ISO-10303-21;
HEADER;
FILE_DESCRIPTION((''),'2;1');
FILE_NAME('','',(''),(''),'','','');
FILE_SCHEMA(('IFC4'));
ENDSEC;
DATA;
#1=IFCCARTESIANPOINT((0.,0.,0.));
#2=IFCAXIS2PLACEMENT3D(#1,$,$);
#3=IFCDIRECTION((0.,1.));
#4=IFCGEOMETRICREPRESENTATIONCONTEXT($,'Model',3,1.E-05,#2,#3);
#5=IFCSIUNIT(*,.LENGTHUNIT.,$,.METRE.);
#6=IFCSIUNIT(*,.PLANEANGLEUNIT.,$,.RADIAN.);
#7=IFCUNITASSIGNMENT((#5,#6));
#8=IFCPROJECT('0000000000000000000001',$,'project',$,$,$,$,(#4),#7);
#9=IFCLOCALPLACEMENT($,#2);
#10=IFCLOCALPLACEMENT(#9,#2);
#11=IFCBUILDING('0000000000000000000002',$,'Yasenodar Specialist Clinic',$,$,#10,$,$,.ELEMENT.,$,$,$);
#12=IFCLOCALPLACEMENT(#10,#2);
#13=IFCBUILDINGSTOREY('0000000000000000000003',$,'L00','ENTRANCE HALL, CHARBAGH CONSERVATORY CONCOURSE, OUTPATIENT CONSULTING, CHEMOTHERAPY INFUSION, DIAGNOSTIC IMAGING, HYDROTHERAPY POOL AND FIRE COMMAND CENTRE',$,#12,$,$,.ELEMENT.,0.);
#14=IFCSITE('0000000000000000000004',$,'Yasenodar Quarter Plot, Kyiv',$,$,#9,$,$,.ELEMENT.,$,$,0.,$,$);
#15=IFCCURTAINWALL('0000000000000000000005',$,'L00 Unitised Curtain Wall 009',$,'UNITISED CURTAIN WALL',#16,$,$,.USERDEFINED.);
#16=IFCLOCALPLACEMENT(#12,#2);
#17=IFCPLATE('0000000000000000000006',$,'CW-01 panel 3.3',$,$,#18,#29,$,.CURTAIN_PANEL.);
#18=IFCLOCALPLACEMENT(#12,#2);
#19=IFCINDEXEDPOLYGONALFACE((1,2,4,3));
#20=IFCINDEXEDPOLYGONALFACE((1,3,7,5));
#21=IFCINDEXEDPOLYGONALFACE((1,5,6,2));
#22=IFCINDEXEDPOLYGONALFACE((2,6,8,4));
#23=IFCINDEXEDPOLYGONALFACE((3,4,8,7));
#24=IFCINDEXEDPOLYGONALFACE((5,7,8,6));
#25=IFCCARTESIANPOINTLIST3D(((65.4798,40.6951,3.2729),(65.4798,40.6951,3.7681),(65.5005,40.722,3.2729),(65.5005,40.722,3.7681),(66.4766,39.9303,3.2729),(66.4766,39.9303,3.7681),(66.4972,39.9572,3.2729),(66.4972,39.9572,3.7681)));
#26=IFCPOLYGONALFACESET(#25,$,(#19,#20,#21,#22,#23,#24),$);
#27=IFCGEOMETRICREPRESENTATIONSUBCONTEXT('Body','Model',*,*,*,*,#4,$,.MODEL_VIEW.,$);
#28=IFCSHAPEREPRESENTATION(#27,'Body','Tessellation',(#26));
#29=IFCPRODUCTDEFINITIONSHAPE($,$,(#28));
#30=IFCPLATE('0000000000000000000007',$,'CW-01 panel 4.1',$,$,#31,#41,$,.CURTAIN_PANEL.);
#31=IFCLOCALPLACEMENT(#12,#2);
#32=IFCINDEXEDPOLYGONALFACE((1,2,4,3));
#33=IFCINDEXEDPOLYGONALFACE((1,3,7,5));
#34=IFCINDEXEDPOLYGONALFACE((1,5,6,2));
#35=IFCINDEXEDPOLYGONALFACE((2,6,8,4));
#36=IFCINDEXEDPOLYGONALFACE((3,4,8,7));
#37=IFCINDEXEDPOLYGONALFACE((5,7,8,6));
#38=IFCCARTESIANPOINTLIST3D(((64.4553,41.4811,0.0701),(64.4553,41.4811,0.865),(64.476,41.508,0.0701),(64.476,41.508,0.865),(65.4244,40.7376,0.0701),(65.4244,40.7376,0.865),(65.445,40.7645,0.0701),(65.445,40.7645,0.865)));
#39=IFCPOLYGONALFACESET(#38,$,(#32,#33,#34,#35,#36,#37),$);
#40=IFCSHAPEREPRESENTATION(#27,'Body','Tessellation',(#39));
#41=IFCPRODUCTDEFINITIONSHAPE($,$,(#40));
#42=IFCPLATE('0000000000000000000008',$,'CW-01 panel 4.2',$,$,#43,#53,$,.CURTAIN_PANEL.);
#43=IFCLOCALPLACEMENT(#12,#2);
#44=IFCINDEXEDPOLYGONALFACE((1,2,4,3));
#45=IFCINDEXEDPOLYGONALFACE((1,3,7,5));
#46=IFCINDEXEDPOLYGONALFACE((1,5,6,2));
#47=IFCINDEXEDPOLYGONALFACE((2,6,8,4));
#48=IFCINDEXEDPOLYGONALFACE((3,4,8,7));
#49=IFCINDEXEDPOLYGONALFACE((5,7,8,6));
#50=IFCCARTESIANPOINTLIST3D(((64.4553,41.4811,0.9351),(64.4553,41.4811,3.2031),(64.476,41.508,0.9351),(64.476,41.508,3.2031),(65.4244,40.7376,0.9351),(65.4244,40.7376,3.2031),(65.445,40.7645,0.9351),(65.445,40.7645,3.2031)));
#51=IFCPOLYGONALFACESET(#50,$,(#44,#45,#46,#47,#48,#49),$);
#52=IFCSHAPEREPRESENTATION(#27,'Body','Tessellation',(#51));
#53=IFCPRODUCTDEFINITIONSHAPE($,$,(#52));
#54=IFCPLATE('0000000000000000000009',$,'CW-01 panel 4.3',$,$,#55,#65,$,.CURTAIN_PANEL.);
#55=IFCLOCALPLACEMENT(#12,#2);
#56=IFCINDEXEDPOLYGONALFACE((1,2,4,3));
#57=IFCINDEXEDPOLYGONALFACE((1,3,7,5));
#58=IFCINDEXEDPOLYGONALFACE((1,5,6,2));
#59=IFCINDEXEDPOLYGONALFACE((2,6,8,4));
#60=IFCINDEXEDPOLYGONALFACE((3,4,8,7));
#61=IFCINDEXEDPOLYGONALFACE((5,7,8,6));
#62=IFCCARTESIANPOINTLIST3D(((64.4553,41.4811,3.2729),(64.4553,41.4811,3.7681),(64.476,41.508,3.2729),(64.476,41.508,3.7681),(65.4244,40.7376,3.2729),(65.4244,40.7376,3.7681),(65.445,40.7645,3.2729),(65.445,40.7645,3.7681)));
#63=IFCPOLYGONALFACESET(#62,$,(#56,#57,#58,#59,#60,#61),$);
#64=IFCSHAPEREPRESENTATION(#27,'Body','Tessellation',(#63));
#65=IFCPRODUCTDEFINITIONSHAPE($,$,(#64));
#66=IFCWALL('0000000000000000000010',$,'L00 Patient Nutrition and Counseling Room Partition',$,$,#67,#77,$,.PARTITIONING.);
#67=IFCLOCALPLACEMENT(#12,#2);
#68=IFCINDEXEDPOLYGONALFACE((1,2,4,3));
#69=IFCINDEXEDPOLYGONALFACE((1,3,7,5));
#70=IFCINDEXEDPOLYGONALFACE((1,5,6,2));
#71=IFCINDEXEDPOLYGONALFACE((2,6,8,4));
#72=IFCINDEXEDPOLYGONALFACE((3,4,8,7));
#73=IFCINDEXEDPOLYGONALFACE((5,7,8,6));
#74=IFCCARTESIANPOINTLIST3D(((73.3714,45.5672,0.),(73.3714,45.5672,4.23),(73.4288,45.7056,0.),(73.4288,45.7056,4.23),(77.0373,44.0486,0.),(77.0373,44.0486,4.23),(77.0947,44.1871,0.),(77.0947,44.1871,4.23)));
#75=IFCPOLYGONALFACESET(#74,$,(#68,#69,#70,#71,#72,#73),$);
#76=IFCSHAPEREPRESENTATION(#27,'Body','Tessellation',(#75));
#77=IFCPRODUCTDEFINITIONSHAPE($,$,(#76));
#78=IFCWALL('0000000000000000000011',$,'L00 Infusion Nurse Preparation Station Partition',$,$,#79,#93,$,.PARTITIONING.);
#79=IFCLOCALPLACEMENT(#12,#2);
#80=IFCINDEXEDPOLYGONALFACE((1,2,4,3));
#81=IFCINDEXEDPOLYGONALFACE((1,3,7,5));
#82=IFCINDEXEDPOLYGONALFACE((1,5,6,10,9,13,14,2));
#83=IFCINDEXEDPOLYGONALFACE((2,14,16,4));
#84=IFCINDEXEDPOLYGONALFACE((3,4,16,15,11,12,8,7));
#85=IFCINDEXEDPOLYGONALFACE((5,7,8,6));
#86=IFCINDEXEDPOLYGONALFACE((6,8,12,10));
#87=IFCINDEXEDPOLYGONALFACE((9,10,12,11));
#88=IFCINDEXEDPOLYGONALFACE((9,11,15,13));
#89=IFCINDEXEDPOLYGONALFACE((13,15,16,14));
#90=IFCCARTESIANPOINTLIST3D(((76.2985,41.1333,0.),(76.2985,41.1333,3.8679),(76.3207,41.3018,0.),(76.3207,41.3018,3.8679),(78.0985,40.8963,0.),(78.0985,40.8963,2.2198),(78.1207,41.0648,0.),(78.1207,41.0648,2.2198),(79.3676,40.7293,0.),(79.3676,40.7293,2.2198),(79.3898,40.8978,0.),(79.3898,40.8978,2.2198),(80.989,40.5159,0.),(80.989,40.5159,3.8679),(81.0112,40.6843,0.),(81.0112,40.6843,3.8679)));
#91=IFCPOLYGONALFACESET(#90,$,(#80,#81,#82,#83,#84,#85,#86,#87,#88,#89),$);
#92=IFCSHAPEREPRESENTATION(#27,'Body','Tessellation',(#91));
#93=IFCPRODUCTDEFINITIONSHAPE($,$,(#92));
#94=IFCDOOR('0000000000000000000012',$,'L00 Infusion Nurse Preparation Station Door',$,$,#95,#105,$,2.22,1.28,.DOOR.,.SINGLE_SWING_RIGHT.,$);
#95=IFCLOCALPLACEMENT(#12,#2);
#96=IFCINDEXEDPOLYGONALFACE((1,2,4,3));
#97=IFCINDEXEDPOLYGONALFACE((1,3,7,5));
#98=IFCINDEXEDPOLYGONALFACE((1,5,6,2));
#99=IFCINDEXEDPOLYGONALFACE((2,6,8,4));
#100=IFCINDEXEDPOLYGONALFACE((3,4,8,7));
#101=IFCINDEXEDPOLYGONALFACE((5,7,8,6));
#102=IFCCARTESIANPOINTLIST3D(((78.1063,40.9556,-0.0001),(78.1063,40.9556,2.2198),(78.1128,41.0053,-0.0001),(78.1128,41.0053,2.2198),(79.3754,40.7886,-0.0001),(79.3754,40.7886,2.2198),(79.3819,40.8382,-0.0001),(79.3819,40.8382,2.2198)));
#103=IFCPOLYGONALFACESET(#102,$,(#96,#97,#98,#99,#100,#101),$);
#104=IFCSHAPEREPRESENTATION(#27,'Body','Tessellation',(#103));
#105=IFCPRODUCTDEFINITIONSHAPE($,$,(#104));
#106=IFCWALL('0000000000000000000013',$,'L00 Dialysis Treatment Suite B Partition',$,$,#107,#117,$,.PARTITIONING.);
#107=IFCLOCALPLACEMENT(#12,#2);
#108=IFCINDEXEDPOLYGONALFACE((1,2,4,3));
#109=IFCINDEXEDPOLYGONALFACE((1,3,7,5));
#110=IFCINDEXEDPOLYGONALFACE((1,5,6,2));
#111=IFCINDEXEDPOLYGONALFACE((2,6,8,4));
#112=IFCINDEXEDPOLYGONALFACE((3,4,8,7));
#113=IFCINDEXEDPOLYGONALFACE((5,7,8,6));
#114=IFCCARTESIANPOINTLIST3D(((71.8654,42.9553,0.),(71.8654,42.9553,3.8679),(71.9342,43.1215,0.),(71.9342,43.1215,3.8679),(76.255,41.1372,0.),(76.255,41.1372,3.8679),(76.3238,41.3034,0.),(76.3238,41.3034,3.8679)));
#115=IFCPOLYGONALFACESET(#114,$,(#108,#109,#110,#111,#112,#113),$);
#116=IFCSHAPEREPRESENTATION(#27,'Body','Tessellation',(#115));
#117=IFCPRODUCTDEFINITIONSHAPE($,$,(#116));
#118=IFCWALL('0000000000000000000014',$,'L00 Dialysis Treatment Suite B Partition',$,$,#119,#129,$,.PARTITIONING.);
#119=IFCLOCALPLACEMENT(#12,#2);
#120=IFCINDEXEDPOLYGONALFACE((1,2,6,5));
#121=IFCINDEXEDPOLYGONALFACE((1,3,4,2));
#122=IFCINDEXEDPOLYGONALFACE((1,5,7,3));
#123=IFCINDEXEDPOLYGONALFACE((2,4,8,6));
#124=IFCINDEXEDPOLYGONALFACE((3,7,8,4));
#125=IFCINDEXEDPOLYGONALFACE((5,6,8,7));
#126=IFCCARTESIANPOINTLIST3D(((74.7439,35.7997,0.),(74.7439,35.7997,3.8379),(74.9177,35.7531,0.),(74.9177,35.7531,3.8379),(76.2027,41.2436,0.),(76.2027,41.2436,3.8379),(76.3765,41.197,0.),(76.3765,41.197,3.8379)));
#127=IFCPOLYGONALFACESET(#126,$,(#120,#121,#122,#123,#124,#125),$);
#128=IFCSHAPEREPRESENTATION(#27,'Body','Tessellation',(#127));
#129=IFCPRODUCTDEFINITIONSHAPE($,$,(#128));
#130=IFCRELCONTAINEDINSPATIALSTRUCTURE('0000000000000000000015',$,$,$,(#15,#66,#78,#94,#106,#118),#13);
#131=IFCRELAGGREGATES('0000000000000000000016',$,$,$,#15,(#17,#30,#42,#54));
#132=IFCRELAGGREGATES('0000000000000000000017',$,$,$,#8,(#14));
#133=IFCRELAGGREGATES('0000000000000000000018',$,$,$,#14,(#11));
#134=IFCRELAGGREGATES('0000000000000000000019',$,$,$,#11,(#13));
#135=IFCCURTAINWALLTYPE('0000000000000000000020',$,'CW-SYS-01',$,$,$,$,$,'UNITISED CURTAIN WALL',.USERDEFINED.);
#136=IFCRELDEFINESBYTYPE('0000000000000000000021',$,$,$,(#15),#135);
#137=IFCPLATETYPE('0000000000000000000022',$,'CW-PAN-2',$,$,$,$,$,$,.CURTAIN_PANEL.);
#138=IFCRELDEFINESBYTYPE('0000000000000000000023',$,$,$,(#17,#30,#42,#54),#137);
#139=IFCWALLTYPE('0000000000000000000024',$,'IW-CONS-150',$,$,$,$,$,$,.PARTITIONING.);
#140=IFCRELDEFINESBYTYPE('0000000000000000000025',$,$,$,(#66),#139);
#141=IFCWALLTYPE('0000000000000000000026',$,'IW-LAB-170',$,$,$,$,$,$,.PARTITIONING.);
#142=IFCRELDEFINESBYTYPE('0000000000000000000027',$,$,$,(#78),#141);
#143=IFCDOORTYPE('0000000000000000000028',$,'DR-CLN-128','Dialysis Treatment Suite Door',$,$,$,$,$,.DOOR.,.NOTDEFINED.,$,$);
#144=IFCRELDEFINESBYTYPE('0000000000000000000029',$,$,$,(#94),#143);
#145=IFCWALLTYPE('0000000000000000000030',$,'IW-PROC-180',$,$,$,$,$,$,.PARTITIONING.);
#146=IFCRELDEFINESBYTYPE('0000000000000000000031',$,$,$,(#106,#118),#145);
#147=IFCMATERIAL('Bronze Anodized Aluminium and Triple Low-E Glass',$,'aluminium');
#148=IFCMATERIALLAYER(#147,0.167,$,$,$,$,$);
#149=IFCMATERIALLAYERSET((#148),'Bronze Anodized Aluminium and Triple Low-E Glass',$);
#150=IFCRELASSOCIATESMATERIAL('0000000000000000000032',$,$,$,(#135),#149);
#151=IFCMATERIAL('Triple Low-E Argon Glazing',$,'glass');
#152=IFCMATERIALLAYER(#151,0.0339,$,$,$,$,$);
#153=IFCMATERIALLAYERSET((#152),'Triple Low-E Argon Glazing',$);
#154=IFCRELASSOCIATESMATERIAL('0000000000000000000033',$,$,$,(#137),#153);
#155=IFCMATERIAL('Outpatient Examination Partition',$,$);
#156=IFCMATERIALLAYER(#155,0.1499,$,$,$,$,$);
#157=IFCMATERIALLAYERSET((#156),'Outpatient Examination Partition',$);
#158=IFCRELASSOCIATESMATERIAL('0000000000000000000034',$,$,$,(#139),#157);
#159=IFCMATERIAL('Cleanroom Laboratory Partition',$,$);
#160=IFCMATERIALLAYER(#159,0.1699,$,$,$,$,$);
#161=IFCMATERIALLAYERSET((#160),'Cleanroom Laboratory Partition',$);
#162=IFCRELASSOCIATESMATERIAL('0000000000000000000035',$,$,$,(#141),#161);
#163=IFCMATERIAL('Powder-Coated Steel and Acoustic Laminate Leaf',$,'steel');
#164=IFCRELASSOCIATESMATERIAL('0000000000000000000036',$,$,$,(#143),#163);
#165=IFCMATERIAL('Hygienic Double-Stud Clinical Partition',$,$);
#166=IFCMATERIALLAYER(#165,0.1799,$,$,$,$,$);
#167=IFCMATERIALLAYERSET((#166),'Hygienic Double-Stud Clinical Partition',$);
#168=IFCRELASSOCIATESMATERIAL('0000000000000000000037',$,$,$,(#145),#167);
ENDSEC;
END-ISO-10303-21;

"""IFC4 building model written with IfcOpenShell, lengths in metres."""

from ifc_helpers import new_model, si_unit, direction, frame, frame_2d, origin, origin_2d, place, context, subcontext, project, spatial, rectangle, extrude, material, layer, layer_set, type_object, element, fill, aggregate, save


model = new_model("IFC4")

# Units and contexts
model_context = context("Model", 3, precision=1e-05, world=origin(), true_north=direction((0.0, 1.0)))
body_context = subcontext(model_context, "Body", "Model", "MODEL_VIEW")
ifc_project = project(units=[si_unit("LENGTHUNIT", "METRE"), si_unit("PLANEANGLEUNIT", "RADIAN")], contexts=[model_context])

# Site, building, storey
site_placement = place(None, origin())
site = spatial("IfcSite", under=ifc_project, at=site_placement, Name="Yasenodar Quarter Plot, Kyiv", CompositionType="ELEMENT", RefElevation=0.0)
building_placement = place(site_placement, origin())
building = spatial("IfcBuilding", under=site, at=building_placement, Name="Yasenodar Specialist Clinic", CompositionType="ELEMENT")
storey_placement = place(building_placement, origin())
storey = spatial("IfcBuildingStorey", under=building, at=storey_placement, Name="L00", Description="ENTRANCE HALL, CHARBAGH CONSERVATORY CONCOURSE, OUTPATIENT CONSULTING, CHEMOTHERAPY INFUSION, DIAGNOSTIC IMAGING, HYDROTHERAPY POOL AND FIRE COMMAND CENTRE", CompositionType="ELEMENT", Elevation=0.0)

# Curtain wall, plates
ifc_material_1 = material(Name="Bronze Anodized Aluminium and Triple Low-E Glass", Category="aluminium")
ifc_layer_1 = layer(ifc_material_1, 0.167)
ifc_layer_set_1 = layer_set([ifc_layer_1], Name="Bronze Anodized Aluminium and Triple Low-E Glass")
curtain_wall_type = type_object("IfcCurtainWallType", Name="CW-SYS-01", ElementType="UNITISED CURTAIN WALL", PredefinedType="USERDEFINED", material=ifc_layer_set_1)
curtain_wall_placement = place(storey_placement, origin())
curtain_wall = element("IfcCurtainWall", 1, at=curtain_wall_placement, inside=storey, type_object=curtain_wall_type, Name="L00 Unitised Curtain Wall 009", ObjectType="UNITISED CURTAIN WALL", PredefinedType="USERDEFINED")
ifc_material_2 = material(Name="Triple Low-E Argon Glazing", Category="glass")
ifc_layer_2 = layer(ifc_material_2, 0.0339)
ifc_layer_set_2 = layer_set([ifc_layer_2], Name="Triple Low-E Argon Glazing")
plate_type = type_object("IfcPlateType", Name="CW-PAN-2", PredefinedType="CURTAIN_PANEL", material=ifc_layer_set_2)
plate_1_placement = place(storey_placement, frame((65.9885, 40.3262, 3.2729), z_axis=(0.0, 0.0, 1.0), x_axis=(-0.793361, 0.608752, 0.0)))
plate_1 = element("IfcPlate", 2, at=plate_1_placement, type_object=plate_type, Name="CW-01 panel 3.3", PredefinedType="CURTAIN_PANEL", context=body_context, shape_type="SweptSolid", body=[
    extrude(rectangle(XDim=1.2563, YDim=0.0339, at=origin_2d()), origin(), (0.0, 0.0, 1.0), 0.4951),
])
plate_2_placement = place(storey_placement, frame((64.9502, 41.1228, 0.0701), z_axis=(0.0, 0.0, 1.0), x_axis=(-0.793361, 0.608752, 0.0)))
plate_2 = element("IfcPlate", 3, at=plate_2_placement, type_object=plate_type, Name="CW-01 panel 4.1", PredefinedType="CURTAIN_PANEL", context=body_context, shape_type="SweptSolid", body=[
    extrude(rectangle(XDim=1.2214, YDim=0.0339, at=origin_2d()), origin(), (0.0, 0.0, 1.0), 0.7949),
])
plate_3_placement = place(storey_placement, frame((64.9502, 41.1228, 0.9351), z_axis=(0.0, 0.0, 1.0), x_axis=(-0.793361, 0.608752, 0.0)))
plate_3 = element("IfcPlate", 4, at=plate_3_placement, type_object=plate_type, Name="CW-01 panel 4.2", PredefinedType="CURTAIN_PANEL", context=body_context, shape_type="SweptSolid", body=[
    extrude(rectangle(XDim=1.2214, YDim=0.0339, at=origin_2d()), origin(), (0.0, 0.0, 1.0), 2.2681),
])
plate_4_placement = place(storey_placement, frame((64.9502, 41.1228, 3.2729), z_axis=(0.0, 0.0, 1.0), x_axis=(-0.793361, 0.608752, 0.0)))
plate_4 = element("IfcPlate", 5, at=plate_4_placement, type_object=plate_type, Name="CW-01 panel 4.3", PredefinedType="CURTAIN_PANEL", context=body_context, shape_type="SweptSolid", body=[
    extrude(rectangle(XDim=1.2214, YDim=0.0339, at=origin_2d()), origin(), (0.0, 0.0, 1.0), 0.4951),
])
aggregate(curtain_wall, [plate_1, plate_2, plate_3, plate_4])

# Wall
ifc_material_3 = material(Name="Outpatient Examination Partition")
ifc_layer_3 = layer(ifc_material_3, 0.1499)
ifc_layer_set_3 = layer_set([ifc_layer_3], Name="Outpatient Examination Partition")
wall_type_1 = type_object("IfcWallType", Name="IW-CONS-150", PredefinedType="PARTITIONING", material=ifc_layer_set_3)
wall_1_placement = place(storey_placement, frame((77.0659, 44.1179, 0.0), z_axis=(0.0, 0.0, 1.0), x_axis=(-0.923876, 0.382692, 0.0)))
element("IfcWall", 6, at=wall_1_placement, inside=storey, type_object=wall_type_1, Name="L00 Patient Nutrition and Counseling Room Partition", PredefinedType="PARTITIONING", context=body_context, shape_type="SweptSolid", body=[
    extrude(rectangle(XDim=3.968, YDim=0.1499, at=frame_2d((1.9839, 0.0))), origin(), (0.0, 0.0, 1.0), 4.23),
])

# Wall, opening, door
ifc_material_4 = material(Name="Cleanroom Laboratory Partition")
ifc_layer_4 = layer(ifc_material_4, 0.1699)
ifc_layer_set_4 = layer_set([ifc_layer_4], Name="Cleanroom Laboratory Partition")
wall_type_2 = type_object("IfcWallType", Name="IW-LAB-170", PredefinedType="PARTITIONING", material=ifc_layer_set_4)
wall_2_placement = place(storey_placement, frame((76.3096, 41.2175, 0.0), z_axis=(0.0, 0.0, 1.0), x_axis=(0.991447, -0.130511, 0.0)))
wall_2 = element("IfcWall", 7, at=wall_2_placement, inside=storey, type_object=wall_type_2, Name="L00 Infusion Nurse Preparation Station Partition", PredefinedType="PARTITIONING", context=body_context, shape_type="SweptSolid", body=[
    extrude(rectangle(XDim=4.731, YDim=0.1699, at=frame_2d((2.3655, 0.0))), origin(), (0.0, 0.0, 1.0), 3.8679),
])
opening_placement = place(wall_2_placement, frame((1.8154, 0.0, 0.0)))
opening = element("IfcOpeningElement", 8, at=opening_placement, cuts=wall_2, PredefinedType="OPENING", context=body_context, shape_type="SweptSolid", body=[
    extrude(rectangle(XDim=1.28, YDim=2.22, at=frame_2d((0.6401, 1.1099))), frame((0.0, 0.095, 0.0), z_axis=(0.0, -1.0, 0.0), x_axis=(1.0, 0.0, 0.0)), (0.0, 0.0, 1.0), 0.1899),
])
ifc_material_5 = material(Name="Powder-Coated Steel and Acoustic Laminate Leaf", Category="steel")
door_type = type_object("IfcDoorType", Name="DR-CLN-128", Description="Dialysis Treatment Suite Door", OperationType="NOTDEFINED", PredefinedType="DOOR", material=ifc_material_5)
door_placement = place(opening_placement, origin())
door = element("IfcDoor", 9, at=door_placement, inside=storey, type_object=door_type, Name="L00 Infusion Nurse Preparation Station Door", OperationType="SINGLE_SWING_RIGHT", OverallHeight=2.22, OverallWidth=1.28, PredefinedType="DOOR", context=body_context, shape_type="SweptSolid", body=[
    extrude(rectangle(XDim=1.28, YDim=2.22, at=frame_2d((0.6401, 1.1099))), frame((0.0, 0.0249, 0.0), z_axis=(0.0, -1.0, 0.0), x_axis=(1.0, 0.0, 0.0)), (0.0, 0.0, 1.0), 0.05),
])
fill(opening, door)

# Walls
ifc_material_6 = material(Name="Hygienic Double-Stud Clinical Partition")
ifc_layer_5 = layer(ifc_material_6, 0.1799)
ifc_layer_set_5 = layer_set([ifc_layer_5], Name="Hygienic Double-Stud Clinical Partition")
wall_type_3 = type_object("IfcWallType", Name="IW-PROC-180", PredefinedType="PARTITIONING", material=ifc_layer_set_5)
wall_3_placement = place(storey_placement, frame((71.8999, 43.0383, 0.0), z_axis=(0.0, 0.0, 1.0), x_axis=(0.92389, -0.382659, 0.0)))
element("IfcWall", 10, at=wall_3_placement, inside=storey, type_object=wall_type_3, Name="L00 Dialysis Treatment Suite B Partition", PredefinedType="PARTITIONING", context=body_context, shape_type="SweptSolid", body=[
    extrude(rectangle(XDim=4.7512, YDim=0.1799, at=frame_2d((2.3755, 0.0))), origin(), (0.0, 0.0, 1.0), 3.8679),
])
wall_4_placement = place(storey_placement, frame((76.2896, 41.2202, 0.0), z_axis=(0.0, 0.0, 1.0), x_axis=(-0.25883, -0.965923, 0.0)))
element("IfcWall", 11, at=wall_4_placement, inside=storey, type_object=wall_type_3, Name="L00 Dialysis Treatment Suite B Partition", PredefinedType="PARTITIONING", context=body_context, shape_type="SweptSolid", body=[
    extrude(rectangle(XDim=5.636, YDim=0.1799, at=frame_2d((2.8179, 0.0))), origin(), (0.0, 0.0, 1.0), 3.8379),
])

save(model, "model.ifc")
